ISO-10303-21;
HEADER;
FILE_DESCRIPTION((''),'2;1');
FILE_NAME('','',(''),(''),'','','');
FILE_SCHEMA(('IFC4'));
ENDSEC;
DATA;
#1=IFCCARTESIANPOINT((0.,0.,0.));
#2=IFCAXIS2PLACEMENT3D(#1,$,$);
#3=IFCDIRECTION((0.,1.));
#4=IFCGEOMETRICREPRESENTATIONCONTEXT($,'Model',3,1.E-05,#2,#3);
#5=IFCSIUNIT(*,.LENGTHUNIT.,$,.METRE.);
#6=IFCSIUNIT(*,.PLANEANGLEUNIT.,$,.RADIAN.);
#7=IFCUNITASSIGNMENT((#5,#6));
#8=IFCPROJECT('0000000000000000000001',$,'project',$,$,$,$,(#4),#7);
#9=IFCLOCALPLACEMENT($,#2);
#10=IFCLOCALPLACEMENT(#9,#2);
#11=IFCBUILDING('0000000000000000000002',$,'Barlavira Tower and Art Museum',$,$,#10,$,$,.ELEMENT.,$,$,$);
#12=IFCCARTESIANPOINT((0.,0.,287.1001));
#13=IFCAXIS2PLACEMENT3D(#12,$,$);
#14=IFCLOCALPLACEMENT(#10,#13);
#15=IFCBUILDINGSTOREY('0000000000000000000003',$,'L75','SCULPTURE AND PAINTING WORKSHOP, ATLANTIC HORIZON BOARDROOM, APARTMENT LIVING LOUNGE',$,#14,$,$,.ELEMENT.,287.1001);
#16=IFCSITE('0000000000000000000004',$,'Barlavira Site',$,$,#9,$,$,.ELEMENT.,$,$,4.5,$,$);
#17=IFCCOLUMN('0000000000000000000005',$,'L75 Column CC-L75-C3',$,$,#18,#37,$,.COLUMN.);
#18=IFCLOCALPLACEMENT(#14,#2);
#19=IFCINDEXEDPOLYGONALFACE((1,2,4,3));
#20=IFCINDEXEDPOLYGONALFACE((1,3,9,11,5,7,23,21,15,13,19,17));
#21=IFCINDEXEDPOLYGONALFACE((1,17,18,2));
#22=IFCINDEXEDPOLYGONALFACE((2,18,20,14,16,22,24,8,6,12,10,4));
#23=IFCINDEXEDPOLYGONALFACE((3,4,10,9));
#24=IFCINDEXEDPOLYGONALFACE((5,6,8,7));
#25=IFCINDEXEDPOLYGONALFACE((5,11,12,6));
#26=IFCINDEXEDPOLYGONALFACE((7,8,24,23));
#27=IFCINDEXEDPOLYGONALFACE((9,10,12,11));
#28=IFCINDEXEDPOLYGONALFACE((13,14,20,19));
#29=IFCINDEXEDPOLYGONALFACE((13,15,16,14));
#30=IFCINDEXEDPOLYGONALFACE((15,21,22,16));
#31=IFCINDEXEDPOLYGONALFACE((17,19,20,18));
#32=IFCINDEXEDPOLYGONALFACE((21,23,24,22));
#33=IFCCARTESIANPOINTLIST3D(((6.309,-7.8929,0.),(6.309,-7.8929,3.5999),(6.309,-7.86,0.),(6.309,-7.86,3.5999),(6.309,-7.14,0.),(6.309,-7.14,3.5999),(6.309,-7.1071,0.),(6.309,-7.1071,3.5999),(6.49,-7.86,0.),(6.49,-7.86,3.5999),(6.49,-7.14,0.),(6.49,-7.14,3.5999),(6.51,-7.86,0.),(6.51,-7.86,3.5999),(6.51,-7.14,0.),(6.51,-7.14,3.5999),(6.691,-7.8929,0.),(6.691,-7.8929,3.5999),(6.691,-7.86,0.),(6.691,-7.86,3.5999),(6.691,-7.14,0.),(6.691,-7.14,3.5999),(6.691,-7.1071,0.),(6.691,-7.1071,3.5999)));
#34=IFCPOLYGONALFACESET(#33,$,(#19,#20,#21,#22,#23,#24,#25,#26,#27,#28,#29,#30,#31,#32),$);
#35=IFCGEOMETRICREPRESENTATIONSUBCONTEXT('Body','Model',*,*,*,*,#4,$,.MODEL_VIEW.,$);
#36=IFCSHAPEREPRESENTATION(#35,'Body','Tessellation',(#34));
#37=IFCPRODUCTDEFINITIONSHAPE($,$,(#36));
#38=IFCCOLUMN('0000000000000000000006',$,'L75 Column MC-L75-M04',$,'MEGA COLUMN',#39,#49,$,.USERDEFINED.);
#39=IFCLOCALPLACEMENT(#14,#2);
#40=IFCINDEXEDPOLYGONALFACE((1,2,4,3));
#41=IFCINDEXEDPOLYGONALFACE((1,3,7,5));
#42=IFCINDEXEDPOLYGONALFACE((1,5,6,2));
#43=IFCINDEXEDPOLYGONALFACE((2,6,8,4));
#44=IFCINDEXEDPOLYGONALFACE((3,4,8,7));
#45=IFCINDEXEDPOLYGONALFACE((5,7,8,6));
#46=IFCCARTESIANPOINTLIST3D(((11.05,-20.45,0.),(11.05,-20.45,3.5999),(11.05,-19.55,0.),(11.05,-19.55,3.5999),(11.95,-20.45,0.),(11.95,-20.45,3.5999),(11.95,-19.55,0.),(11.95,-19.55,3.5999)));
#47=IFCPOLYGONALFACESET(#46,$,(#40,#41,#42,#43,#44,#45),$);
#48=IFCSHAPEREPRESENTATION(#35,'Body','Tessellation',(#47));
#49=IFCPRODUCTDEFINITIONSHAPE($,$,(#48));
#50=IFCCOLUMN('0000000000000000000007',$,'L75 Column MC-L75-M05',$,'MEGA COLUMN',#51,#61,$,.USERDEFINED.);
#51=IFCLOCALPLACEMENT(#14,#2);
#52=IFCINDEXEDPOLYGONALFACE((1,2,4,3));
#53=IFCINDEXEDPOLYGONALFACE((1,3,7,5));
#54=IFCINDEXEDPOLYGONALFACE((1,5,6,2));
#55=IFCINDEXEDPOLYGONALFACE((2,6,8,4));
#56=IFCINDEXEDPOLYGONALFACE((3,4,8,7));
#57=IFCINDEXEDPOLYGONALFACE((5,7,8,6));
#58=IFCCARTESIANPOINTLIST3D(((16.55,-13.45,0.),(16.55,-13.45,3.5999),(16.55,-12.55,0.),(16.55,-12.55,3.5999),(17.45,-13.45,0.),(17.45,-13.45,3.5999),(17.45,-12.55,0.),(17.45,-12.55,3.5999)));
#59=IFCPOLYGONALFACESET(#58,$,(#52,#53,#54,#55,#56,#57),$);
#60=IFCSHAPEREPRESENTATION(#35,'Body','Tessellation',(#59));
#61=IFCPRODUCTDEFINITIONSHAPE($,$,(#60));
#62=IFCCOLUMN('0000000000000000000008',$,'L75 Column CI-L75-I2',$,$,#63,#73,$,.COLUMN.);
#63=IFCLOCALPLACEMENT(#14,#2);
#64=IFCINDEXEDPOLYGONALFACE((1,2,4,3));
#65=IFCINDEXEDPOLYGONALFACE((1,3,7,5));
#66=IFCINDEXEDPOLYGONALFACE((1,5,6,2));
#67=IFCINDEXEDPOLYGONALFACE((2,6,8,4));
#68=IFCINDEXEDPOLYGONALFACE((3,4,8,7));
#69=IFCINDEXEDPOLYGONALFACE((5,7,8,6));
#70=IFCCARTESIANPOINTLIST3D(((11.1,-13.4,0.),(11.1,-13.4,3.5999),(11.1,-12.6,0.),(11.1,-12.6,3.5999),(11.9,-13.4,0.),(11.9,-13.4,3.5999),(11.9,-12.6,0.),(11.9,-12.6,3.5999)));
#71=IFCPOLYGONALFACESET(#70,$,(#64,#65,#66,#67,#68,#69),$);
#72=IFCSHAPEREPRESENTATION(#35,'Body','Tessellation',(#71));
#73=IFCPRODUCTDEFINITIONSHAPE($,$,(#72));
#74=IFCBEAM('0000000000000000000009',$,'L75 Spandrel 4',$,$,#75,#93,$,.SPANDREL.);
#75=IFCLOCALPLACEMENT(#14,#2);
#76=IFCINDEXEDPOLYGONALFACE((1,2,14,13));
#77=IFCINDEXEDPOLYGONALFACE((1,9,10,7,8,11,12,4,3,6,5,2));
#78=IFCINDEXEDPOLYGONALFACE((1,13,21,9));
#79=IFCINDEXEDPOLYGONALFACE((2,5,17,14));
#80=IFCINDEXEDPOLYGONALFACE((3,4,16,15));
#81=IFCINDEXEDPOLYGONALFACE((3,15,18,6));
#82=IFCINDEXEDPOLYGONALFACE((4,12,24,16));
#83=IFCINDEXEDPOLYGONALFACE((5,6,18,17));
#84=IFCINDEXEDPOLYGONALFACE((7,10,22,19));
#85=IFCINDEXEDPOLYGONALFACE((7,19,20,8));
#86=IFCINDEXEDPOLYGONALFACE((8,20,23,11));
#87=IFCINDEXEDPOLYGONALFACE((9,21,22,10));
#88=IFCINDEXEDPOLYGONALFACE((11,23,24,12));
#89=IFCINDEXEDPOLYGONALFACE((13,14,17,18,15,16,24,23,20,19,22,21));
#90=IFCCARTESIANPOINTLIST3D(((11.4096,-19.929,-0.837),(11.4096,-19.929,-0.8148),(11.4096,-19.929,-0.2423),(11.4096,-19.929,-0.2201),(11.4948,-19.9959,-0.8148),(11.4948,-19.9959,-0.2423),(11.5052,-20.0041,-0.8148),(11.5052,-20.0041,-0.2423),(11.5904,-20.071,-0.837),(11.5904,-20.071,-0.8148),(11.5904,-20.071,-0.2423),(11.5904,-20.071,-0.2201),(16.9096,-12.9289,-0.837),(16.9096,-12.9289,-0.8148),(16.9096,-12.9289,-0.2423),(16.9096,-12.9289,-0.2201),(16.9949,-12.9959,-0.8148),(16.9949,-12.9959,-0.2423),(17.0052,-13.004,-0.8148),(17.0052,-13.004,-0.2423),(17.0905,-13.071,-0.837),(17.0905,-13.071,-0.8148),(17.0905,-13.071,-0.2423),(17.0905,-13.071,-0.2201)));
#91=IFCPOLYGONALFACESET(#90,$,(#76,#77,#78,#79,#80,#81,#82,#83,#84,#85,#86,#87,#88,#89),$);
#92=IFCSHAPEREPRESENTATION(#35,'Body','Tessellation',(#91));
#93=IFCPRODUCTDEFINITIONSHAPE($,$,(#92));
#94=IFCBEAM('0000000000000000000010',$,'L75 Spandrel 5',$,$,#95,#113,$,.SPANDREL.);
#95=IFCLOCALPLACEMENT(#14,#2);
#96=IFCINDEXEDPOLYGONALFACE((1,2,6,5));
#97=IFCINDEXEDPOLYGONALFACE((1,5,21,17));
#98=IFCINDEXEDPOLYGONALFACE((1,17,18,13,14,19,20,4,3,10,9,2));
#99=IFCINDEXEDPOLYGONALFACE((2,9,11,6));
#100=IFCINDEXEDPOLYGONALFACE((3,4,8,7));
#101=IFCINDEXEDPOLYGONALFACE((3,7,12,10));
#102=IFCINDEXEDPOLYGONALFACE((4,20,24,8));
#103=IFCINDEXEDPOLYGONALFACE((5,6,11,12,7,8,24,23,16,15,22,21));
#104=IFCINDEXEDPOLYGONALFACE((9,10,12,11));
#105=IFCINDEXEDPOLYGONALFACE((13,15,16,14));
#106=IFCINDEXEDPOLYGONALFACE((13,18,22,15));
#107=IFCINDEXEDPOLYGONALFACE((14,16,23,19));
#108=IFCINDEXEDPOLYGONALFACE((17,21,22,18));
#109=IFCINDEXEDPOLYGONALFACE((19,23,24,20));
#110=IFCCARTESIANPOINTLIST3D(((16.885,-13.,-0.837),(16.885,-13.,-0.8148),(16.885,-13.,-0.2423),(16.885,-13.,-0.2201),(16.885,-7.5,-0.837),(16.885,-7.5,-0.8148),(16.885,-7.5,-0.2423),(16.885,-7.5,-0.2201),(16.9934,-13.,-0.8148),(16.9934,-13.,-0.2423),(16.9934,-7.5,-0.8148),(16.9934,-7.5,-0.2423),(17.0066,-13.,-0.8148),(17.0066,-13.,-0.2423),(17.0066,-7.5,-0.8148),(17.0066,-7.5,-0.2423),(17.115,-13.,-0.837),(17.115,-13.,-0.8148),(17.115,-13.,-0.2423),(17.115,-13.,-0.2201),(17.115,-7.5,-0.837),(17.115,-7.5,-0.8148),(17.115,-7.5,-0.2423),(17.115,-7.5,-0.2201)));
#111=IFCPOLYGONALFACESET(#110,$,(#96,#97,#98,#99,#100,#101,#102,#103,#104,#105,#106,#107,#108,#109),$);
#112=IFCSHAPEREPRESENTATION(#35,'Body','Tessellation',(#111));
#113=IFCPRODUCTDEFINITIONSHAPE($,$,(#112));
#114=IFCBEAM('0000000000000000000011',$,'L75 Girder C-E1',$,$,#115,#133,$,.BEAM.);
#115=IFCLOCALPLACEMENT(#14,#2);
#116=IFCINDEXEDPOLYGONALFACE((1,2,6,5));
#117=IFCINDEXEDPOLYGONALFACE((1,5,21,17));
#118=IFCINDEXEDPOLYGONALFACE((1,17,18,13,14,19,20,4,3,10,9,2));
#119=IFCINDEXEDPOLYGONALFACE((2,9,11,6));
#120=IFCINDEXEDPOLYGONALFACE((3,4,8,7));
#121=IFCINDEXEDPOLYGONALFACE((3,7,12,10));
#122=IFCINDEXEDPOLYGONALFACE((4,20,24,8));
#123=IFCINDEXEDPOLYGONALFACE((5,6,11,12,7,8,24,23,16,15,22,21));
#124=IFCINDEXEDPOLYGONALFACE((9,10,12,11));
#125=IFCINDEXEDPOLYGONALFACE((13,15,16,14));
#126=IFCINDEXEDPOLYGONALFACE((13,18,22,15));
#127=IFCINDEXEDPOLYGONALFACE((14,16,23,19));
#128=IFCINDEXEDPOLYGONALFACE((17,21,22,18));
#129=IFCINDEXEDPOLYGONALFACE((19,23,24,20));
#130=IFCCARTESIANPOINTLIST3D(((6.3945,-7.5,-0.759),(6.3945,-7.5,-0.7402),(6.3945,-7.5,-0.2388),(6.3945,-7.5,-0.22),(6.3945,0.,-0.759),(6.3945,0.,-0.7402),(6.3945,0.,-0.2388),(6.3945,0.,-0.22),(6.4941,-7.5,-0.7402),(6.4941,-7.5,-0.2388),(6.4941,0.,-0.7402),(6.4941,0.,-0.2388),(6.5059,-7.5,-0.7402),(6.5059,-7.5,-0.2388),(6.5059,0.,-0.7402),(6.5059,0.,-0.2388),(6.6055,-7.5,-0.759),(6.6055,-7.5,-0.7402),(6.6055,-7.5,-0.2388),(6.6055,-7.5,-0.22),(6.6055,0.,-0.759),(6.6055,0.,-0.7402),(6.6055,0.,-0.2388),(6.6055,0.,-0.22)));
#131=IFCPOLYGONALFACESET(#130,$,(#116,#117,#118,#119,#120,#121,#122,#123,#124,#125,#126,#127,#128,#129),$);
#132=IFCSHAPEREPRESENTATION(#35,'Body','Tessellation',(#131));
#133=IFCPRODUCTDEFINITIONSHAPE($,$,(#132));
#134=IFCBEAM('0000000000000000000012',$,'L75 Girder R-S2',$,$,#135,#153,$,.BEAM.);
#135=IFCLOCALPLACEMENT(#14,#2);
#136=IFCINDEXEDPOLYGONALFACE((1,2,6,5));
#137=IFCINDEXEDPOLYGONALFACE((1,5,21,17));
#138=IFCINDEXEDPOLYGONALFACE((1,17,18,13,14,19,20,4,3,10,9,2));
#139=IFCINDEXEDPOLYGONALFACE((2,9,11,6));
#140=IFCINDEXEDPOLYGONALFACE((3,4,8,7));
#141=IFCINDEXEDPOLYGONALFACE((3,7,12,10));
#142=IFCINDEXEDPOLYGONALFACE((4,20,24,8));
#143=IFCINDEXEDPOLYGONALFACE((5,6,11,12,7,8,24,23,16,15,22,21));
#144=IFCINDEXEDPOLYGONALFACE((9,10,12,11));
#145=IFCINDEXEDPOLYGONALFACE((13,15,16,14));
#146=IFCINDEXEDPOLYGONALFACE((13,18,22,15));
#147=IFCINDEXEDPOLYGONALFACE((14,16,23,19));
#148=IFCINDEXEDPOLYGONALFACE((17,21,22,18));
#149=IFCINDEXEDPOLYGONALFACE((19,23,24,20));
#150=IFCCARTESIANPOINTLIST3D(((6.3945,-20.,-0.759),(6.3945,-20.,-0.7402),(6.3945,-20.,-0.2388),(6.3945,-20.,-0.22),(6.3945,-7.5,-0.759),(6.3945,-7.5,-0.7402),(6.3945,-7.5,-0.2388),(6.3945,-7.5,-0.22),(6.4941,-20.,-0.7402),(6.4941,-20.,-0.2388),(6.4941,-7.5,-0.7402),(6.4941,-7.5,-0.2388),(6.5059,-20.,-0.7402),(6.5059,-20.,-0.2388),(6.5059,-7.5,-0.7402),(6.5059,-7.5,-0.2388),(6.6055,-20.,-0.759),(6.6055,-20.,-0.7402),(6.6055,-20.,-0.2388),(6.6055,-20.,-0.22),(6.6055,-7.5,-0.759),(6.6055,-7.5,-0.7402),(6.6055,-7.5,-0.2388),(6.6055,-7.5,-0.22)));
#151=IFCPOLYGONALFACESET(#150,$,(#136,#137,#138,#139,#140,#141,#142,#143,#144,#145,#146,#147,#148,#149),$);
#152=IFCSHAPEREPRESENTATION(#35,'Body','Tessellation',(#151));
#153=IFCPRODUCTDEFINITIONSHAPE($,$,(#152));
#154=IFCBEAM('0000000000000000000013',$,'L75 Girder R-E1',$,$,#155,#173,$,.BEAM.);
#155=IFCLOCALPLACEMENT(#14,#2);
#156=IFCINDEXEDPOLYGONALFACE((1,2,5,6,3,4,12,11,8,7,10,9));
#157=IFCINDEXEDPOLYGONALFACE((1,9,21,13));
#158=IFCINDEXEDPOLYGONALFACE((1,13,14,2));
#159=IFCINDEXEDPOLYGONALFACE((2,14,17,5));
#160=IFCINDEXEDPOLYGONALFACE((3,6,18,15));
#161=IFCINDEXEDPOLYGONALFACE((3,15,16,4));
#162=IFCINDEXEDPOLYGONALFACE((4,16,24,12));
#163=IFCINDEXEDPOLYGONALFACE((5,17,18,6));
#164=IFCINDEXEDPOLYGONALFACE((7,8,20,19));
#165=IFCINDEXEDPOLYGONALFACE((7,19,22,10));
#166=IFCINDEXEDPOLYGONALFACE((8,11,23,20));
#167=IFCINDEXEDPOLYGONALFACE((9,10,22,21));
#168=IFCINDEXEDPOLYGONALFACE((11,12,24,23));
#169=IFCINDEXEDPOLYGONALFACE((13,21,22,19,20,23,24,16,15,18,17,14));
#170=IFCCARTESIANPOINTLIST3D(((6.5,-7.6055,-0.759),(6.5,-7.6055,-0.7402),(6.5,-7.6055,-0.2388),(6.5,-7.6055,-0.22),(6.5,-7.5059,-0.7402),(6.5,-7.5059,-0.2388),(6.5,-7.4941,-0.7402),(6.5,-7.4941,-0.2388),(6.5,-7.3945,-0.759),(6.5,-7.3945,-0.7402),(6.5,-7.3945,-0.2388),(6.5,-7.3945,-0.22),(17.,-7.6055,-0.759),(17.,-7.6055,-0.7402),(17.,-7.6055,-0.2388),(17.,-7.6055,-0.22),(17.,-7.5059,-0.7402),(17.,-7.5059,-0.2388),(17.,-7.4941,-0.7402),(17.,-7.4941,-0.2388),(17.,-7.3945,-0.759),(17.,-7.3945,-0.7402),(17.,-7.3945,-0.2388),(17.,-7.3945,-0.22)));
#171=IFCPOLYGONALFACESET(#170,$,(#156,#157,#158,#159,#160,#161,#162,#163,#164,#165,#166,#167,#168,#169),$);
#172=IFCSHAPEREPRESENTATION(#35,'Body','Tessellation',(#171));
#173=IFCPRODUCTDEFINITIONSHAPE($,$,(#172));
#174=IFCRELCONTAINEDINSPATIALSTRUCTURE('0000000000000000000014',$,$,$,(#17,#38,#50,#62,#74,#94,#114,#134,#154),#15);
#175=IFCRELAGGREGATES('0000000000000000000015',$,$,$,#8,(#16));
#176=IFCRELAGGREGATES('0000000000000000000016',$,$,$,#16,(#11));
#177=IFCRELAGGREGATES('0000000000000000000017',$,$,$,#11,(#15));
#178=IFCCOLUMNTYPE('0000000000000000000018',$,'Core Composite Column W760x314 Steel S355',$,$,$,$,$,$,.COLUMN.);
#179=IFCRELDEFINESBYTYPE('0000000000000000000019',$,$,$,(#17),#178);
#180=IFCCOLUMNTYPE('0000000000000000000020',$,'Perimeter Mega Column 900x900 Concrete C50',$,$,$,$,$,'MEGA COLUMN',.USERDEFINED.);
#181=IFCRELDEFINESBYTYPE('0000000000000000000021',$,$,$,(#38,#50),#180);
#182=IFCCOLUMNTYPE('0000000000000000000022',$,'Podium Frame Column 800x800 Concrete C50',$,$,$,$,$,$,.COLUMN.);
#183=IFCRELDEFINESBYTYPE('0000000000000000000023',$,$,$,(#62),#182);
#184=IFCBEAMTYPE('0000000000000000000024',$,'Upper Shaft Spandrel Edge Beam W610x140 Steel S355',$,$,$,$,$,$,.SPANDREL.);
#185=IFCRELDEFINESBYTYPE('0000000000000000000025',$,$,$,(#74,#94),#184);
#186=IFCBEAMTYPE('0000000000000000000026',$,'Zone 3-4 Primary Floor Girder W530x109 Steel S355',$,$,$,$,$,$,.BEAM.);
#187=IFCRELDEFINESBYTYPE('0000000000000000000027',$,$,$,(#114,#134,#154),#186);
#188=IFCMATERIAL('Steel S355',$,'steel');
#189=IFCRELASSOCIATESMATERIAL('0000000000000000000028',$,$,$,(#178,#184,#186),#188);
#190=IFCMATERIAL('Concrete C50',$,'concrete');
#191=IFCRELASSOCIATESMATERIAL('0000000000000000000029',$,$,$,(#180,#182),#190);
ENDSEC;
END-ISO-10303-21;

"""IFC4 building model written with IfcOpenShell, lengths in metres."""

from ifc_helpers import new_model, si_unit, direction, frame, origin, origin_2d, place, context, subcontext, project, spatial, rectangle, i_section, extrude, material, material_profile, profile_set, type_object, element, save


model = new_model("IFC4")

# Units and contexts
model_context = context("Model", 3, precision=1e-05, world=origin(), true_north=direction((0.0, 1.0)))
body_context = subcontext(model_context, "Body", "Model", "MODEL_VIEW")
ifc_project = project(units=[si_unit("LENGTHUNIT", "METRE"), si_unit("PLANEANGLEUNIT", "RADIAN")], contexts=[model_context])

# Site, building, storey
site_placement = place(None, origin())
site = spatial("IfcSite", under=ifc_project, at=site_placement, Name="Barlavira Site", CompositionType="ELEMENT", RefElevation=4.5)
building_placement = place(site_placement, origin())
building = spatial("IfcBuilding", under=site, at=building_placement, Name="Barlavira Tower and Art Museum", CompositionType="ELEMENT")
storey_placement = place(building_placement, frame((0.0, 0.0, 287.1001)))
storey = spatial("IfcBuildingStorey", under=building, at=storey_placement, Name="L75", Description="SCULPTURE AND PAINTING WORKSHOP, ATLANTIC HORIZON BOARDROOM, APARTMENT LIVING LOUNGE", CompositionType="ELEMENT", Elevation=287.1001)

# Columns
ifc_material_1 = material(Name="Steel S355", Category="steel")
ifc_material_profile_1 = material_profile(ifc_material_1, i_section(OverallWidth=0.3821, OverallDepth=0.7859, WebThickness=0.02, FlangeThickness=0.033, at=origin_2d()), Name="W760x314.0")
ifc_profile_set_1 = profile_set([ifc_material_profile_1], Name="Steel S355")
column_type_1 = type_object("IfcColumnType", Name="Core Composite Column W760x314 Steel S355", PredefinedType="COLUMN", material=ifc_profile_set_1)
column_1_placement = place(storey_placement, frame((6.5, -7.5, 0.0), z_axis=(0.0, 0.0, 1.0), x_axis=(1.0, 0.0, 0.0)))
element("IfcColumn", 1, at=column_1_placement, inside=storey, type_object=column_type_1, Name="L75 Column CC-L75-C3", PredefinedType="COLUMN", context=body_context, shape_type="SweptSolid", body=[
    extrude(i_section(OverallWidth=0.3821, OverallDepth=0.7859, WebThickness=0.02, FlangeThickness=0.033, at=origin_2d()), origin(), (0.0, 0.0, 1.0), 3.5999),
])
ifc_material_2 = material(Name="Concrete C50", Category="concrete")
ifc_material_profile_2 = material_profile(ifc_material_2, rectangle(XDim=0.8999, YDim=0.8999, at=origin_2d()), Name="RC-COL 900x900")
ifc_profile_set_2 = profile_set([ifc_material_profile_2], Name="Concrete C50")
column_type_2 = type_object("IfcColumnType", Name="Perimeter Mega Column 900x900 Concrete C50", ElementType="MEGA COLUMN", PredefinedType="USERDEFINED", material=ifc_profile_set_2)
for number, where, z_axis, x_axis, name in (
    (2, (11.5, -20.0, 0.0), (0.0, 0.0, 1.0), (1.0, 0.0, 0.0), "L75 Column MC-L75-M04"),
    (3, (17.0, -13.0, 0.0), (0.0, 0.0, 1.0), (1.0, 0.0, 0.0), "L75 Column MC-L75-M05"),
):
    element("IfcColumn", number, at=place(storey_placement, frame(where, z_axis=z_axis, x_axis=x_axis)), inside=storey, type_object=column_type_2, Name=name, ObjectType="MEGA COLUMN", PredefinedType="USERDEFINED", context=body_context, shape_type="SweptSolid", body=[
        extrude(rectangle(XDim=0.8999, YDim=0.8999, at=origin_2d()), origin(), (0.0, 0.0, 1.0), 3.5999),
    ])
ifc_material_profile_3 = material_profile(ifc_material_2, rectangle(XDim=0.8, YDim=0.8, at=origin_2d()), Name="RC-COL 800x800")
ifc_profile_set_3 = profile_set([ifc_material_profile_3], Name="Concrete C50")
column_type_3 = type_object("IfcColumnType", Name="Podium Frame Column 800x800 Concrete C50", PredefinedType="COLUMN", material=ifc_profile_set_3)
column_2_placement = place(storey_placement, frame((11.5, -13.0, 0.0), z_axis=(0.0, 0.0, 1.0), x_axis=(1.0, 0.0, 0.0)))
element("IfcColumn", 4, at=column_2_placement, inside=storey, type_object=column_type_3, Name="L75 Column CI-L75-I2", PredefinedType="COLUMN", context=body_context, shape_type="SweptSolid", body=[
    extrude(rectangle(XDim=0.8, YDim=0.8, at=origin_2d()), origin(), (0.0, 0.0, 1.0), 3.5999),
])

# Beams
ifc_material_profile_4 = material_profile(ifc_material_1, i_section(OverallWidth=0.23, OverallDepth=0.6169, WebThickness=0.0132, FlangeThickness=0.0222, at=origin_2d()), Name="W610x140.0")
ifc_profile_set_4 = profile_set([ifc_material_profile_4], Name="Steel S355")
beam_type_1 = type_object("IfcBeamType", Name="Upper Shaft Spandrel Edge Beam W610x140 Steel S355", PredefinedType="SPANDREL", material=ifc_profile_set_4)
beam_1_placement = place(storey_placement, frame((11.5, -20.0, -0.5286), z_axis=(0.617822, 0.786318, 0.0), x_axis=(-0.786318, 0.617822, 0.0)))
element("IfcBeam", 5, at=beam_1_placement, inside=storey, type_object=beam_type_1, Name="L75 Spandrel 4", PredefinedType="SPANDREL", context=body_context, shape_type="SweptSolid", body=[
    extrude(i_section(OverallWidth=0.23, OverallDepth=0.6169, WebThickness=0.0132, FlangeThickness=0.0222, at=origin_2d()), origin(), (0.0, 0.0, 1.0), 8.9023),
])
beam_2_placement = place(storey_placement, frame((17.0, -13.0, -0.5286), z_axis=(0.0, 1.0, 0.0), x_axis=(-1.0, 0.0, 0.0)))
element("IfcBeam", 6, at=beam_2_placement, inside=storey, type_object=beam_type_1, Name="L75 Spandrel 5", PredefinedType="SPANDREL", context=body_context, shape_type="SweptSolid", body=[
    extrude(i_section(OverallWidth=0.23, OverallDepth=0.6169, WebThickness=0.0132, FlangeThickness=0.0222, at=origin_2d()), origin(), (0.0, 0.0, 1.0), 5.5),
])
ifc_material_profile_5 = material_profile(ifc_material_1, i_section(OverallWidth=0.2109, OverallDepth=0.5391, WebThickness=0.0117, FlangeThickness=0.0188, at=origin_2d()), Name="W530x109.0")
ifc_profile_set_5 = profile_set([ifc_material_profile_5], Name="Steel S355")
beam_type_2 = type_object("IfcBeamType", Name="Zone 3-4 Primary Floor Girder W530x109 Steel S355", PredefinedType="BEAM", material=ifc_profile_set_5)
beam_3_placement = place(storey_placement, frame((6.5, -7.5, -0.4895), z_axis=(0.0, 1.0, 0.0), x_axis=(-1.0, 0.0, 0.0)))
element("IfcBeam", 7, at=beam_3_placement, inside=storey, type_object=beam_type_2, Name="L75 Girder C-E1", PredefinedType="BEAM", context=body_context, shape_type="SweptSolid", body=[
    extrude(i_section(OverallWidth=0.2109, OverallDepth=0.5391, WebThickness=0.0117, FlangeThickness=0.0188, at=origin_2d()), origin(), (0.0, 0.0, 1.0), 7.5),
])
beam_4_placement = place(storey_placement, frame((6.5, -20.0, -0.4895), z_axis=(0.0, 1.0, 0.0), x_axis=(-1.0, 0.0, 0.0)))
element("IfcBeam", 8, at=beam_4_placement, inside=storey, type_object=beam_type_2, Name="L75 Girder R-S2", PredefinedType="BEAM", context=body_context, shape_type="SweptSolid", body=[
    extrude(i_section(OverallWidth=0.2109, OverallDepth=0.5391, WebThickness=0.0117, FlangeThickness=0.0188, at=origin_2d()), origin(), (0.0, 0.0, 1.0), 12.5),
])
beam_5_placement = place(storey_placement, frame((6.5, -7.5, -0.4895), z_axis=(1.0, 0.0, 0.0), x_axis=(0.0, 1.0, 0.0)))
element("IfcBeam", 9, at=beam_5_placement, inside=storey, type_object=beam_type_2, Name="L75 Girder R-E1", PredefinedType="BEAM", context=body_context, shape_type="SweptSolid", body=[
    extrude(i_section(OverallWidth=0.2109, OverallDepth=0.5391, WebThickness=0.0117, FlangeThickness=0.0188, at=origin_2d()), origin(), (0.0, 0.0, 1.0), 10.5),
])

save(model, "model.ifc")
